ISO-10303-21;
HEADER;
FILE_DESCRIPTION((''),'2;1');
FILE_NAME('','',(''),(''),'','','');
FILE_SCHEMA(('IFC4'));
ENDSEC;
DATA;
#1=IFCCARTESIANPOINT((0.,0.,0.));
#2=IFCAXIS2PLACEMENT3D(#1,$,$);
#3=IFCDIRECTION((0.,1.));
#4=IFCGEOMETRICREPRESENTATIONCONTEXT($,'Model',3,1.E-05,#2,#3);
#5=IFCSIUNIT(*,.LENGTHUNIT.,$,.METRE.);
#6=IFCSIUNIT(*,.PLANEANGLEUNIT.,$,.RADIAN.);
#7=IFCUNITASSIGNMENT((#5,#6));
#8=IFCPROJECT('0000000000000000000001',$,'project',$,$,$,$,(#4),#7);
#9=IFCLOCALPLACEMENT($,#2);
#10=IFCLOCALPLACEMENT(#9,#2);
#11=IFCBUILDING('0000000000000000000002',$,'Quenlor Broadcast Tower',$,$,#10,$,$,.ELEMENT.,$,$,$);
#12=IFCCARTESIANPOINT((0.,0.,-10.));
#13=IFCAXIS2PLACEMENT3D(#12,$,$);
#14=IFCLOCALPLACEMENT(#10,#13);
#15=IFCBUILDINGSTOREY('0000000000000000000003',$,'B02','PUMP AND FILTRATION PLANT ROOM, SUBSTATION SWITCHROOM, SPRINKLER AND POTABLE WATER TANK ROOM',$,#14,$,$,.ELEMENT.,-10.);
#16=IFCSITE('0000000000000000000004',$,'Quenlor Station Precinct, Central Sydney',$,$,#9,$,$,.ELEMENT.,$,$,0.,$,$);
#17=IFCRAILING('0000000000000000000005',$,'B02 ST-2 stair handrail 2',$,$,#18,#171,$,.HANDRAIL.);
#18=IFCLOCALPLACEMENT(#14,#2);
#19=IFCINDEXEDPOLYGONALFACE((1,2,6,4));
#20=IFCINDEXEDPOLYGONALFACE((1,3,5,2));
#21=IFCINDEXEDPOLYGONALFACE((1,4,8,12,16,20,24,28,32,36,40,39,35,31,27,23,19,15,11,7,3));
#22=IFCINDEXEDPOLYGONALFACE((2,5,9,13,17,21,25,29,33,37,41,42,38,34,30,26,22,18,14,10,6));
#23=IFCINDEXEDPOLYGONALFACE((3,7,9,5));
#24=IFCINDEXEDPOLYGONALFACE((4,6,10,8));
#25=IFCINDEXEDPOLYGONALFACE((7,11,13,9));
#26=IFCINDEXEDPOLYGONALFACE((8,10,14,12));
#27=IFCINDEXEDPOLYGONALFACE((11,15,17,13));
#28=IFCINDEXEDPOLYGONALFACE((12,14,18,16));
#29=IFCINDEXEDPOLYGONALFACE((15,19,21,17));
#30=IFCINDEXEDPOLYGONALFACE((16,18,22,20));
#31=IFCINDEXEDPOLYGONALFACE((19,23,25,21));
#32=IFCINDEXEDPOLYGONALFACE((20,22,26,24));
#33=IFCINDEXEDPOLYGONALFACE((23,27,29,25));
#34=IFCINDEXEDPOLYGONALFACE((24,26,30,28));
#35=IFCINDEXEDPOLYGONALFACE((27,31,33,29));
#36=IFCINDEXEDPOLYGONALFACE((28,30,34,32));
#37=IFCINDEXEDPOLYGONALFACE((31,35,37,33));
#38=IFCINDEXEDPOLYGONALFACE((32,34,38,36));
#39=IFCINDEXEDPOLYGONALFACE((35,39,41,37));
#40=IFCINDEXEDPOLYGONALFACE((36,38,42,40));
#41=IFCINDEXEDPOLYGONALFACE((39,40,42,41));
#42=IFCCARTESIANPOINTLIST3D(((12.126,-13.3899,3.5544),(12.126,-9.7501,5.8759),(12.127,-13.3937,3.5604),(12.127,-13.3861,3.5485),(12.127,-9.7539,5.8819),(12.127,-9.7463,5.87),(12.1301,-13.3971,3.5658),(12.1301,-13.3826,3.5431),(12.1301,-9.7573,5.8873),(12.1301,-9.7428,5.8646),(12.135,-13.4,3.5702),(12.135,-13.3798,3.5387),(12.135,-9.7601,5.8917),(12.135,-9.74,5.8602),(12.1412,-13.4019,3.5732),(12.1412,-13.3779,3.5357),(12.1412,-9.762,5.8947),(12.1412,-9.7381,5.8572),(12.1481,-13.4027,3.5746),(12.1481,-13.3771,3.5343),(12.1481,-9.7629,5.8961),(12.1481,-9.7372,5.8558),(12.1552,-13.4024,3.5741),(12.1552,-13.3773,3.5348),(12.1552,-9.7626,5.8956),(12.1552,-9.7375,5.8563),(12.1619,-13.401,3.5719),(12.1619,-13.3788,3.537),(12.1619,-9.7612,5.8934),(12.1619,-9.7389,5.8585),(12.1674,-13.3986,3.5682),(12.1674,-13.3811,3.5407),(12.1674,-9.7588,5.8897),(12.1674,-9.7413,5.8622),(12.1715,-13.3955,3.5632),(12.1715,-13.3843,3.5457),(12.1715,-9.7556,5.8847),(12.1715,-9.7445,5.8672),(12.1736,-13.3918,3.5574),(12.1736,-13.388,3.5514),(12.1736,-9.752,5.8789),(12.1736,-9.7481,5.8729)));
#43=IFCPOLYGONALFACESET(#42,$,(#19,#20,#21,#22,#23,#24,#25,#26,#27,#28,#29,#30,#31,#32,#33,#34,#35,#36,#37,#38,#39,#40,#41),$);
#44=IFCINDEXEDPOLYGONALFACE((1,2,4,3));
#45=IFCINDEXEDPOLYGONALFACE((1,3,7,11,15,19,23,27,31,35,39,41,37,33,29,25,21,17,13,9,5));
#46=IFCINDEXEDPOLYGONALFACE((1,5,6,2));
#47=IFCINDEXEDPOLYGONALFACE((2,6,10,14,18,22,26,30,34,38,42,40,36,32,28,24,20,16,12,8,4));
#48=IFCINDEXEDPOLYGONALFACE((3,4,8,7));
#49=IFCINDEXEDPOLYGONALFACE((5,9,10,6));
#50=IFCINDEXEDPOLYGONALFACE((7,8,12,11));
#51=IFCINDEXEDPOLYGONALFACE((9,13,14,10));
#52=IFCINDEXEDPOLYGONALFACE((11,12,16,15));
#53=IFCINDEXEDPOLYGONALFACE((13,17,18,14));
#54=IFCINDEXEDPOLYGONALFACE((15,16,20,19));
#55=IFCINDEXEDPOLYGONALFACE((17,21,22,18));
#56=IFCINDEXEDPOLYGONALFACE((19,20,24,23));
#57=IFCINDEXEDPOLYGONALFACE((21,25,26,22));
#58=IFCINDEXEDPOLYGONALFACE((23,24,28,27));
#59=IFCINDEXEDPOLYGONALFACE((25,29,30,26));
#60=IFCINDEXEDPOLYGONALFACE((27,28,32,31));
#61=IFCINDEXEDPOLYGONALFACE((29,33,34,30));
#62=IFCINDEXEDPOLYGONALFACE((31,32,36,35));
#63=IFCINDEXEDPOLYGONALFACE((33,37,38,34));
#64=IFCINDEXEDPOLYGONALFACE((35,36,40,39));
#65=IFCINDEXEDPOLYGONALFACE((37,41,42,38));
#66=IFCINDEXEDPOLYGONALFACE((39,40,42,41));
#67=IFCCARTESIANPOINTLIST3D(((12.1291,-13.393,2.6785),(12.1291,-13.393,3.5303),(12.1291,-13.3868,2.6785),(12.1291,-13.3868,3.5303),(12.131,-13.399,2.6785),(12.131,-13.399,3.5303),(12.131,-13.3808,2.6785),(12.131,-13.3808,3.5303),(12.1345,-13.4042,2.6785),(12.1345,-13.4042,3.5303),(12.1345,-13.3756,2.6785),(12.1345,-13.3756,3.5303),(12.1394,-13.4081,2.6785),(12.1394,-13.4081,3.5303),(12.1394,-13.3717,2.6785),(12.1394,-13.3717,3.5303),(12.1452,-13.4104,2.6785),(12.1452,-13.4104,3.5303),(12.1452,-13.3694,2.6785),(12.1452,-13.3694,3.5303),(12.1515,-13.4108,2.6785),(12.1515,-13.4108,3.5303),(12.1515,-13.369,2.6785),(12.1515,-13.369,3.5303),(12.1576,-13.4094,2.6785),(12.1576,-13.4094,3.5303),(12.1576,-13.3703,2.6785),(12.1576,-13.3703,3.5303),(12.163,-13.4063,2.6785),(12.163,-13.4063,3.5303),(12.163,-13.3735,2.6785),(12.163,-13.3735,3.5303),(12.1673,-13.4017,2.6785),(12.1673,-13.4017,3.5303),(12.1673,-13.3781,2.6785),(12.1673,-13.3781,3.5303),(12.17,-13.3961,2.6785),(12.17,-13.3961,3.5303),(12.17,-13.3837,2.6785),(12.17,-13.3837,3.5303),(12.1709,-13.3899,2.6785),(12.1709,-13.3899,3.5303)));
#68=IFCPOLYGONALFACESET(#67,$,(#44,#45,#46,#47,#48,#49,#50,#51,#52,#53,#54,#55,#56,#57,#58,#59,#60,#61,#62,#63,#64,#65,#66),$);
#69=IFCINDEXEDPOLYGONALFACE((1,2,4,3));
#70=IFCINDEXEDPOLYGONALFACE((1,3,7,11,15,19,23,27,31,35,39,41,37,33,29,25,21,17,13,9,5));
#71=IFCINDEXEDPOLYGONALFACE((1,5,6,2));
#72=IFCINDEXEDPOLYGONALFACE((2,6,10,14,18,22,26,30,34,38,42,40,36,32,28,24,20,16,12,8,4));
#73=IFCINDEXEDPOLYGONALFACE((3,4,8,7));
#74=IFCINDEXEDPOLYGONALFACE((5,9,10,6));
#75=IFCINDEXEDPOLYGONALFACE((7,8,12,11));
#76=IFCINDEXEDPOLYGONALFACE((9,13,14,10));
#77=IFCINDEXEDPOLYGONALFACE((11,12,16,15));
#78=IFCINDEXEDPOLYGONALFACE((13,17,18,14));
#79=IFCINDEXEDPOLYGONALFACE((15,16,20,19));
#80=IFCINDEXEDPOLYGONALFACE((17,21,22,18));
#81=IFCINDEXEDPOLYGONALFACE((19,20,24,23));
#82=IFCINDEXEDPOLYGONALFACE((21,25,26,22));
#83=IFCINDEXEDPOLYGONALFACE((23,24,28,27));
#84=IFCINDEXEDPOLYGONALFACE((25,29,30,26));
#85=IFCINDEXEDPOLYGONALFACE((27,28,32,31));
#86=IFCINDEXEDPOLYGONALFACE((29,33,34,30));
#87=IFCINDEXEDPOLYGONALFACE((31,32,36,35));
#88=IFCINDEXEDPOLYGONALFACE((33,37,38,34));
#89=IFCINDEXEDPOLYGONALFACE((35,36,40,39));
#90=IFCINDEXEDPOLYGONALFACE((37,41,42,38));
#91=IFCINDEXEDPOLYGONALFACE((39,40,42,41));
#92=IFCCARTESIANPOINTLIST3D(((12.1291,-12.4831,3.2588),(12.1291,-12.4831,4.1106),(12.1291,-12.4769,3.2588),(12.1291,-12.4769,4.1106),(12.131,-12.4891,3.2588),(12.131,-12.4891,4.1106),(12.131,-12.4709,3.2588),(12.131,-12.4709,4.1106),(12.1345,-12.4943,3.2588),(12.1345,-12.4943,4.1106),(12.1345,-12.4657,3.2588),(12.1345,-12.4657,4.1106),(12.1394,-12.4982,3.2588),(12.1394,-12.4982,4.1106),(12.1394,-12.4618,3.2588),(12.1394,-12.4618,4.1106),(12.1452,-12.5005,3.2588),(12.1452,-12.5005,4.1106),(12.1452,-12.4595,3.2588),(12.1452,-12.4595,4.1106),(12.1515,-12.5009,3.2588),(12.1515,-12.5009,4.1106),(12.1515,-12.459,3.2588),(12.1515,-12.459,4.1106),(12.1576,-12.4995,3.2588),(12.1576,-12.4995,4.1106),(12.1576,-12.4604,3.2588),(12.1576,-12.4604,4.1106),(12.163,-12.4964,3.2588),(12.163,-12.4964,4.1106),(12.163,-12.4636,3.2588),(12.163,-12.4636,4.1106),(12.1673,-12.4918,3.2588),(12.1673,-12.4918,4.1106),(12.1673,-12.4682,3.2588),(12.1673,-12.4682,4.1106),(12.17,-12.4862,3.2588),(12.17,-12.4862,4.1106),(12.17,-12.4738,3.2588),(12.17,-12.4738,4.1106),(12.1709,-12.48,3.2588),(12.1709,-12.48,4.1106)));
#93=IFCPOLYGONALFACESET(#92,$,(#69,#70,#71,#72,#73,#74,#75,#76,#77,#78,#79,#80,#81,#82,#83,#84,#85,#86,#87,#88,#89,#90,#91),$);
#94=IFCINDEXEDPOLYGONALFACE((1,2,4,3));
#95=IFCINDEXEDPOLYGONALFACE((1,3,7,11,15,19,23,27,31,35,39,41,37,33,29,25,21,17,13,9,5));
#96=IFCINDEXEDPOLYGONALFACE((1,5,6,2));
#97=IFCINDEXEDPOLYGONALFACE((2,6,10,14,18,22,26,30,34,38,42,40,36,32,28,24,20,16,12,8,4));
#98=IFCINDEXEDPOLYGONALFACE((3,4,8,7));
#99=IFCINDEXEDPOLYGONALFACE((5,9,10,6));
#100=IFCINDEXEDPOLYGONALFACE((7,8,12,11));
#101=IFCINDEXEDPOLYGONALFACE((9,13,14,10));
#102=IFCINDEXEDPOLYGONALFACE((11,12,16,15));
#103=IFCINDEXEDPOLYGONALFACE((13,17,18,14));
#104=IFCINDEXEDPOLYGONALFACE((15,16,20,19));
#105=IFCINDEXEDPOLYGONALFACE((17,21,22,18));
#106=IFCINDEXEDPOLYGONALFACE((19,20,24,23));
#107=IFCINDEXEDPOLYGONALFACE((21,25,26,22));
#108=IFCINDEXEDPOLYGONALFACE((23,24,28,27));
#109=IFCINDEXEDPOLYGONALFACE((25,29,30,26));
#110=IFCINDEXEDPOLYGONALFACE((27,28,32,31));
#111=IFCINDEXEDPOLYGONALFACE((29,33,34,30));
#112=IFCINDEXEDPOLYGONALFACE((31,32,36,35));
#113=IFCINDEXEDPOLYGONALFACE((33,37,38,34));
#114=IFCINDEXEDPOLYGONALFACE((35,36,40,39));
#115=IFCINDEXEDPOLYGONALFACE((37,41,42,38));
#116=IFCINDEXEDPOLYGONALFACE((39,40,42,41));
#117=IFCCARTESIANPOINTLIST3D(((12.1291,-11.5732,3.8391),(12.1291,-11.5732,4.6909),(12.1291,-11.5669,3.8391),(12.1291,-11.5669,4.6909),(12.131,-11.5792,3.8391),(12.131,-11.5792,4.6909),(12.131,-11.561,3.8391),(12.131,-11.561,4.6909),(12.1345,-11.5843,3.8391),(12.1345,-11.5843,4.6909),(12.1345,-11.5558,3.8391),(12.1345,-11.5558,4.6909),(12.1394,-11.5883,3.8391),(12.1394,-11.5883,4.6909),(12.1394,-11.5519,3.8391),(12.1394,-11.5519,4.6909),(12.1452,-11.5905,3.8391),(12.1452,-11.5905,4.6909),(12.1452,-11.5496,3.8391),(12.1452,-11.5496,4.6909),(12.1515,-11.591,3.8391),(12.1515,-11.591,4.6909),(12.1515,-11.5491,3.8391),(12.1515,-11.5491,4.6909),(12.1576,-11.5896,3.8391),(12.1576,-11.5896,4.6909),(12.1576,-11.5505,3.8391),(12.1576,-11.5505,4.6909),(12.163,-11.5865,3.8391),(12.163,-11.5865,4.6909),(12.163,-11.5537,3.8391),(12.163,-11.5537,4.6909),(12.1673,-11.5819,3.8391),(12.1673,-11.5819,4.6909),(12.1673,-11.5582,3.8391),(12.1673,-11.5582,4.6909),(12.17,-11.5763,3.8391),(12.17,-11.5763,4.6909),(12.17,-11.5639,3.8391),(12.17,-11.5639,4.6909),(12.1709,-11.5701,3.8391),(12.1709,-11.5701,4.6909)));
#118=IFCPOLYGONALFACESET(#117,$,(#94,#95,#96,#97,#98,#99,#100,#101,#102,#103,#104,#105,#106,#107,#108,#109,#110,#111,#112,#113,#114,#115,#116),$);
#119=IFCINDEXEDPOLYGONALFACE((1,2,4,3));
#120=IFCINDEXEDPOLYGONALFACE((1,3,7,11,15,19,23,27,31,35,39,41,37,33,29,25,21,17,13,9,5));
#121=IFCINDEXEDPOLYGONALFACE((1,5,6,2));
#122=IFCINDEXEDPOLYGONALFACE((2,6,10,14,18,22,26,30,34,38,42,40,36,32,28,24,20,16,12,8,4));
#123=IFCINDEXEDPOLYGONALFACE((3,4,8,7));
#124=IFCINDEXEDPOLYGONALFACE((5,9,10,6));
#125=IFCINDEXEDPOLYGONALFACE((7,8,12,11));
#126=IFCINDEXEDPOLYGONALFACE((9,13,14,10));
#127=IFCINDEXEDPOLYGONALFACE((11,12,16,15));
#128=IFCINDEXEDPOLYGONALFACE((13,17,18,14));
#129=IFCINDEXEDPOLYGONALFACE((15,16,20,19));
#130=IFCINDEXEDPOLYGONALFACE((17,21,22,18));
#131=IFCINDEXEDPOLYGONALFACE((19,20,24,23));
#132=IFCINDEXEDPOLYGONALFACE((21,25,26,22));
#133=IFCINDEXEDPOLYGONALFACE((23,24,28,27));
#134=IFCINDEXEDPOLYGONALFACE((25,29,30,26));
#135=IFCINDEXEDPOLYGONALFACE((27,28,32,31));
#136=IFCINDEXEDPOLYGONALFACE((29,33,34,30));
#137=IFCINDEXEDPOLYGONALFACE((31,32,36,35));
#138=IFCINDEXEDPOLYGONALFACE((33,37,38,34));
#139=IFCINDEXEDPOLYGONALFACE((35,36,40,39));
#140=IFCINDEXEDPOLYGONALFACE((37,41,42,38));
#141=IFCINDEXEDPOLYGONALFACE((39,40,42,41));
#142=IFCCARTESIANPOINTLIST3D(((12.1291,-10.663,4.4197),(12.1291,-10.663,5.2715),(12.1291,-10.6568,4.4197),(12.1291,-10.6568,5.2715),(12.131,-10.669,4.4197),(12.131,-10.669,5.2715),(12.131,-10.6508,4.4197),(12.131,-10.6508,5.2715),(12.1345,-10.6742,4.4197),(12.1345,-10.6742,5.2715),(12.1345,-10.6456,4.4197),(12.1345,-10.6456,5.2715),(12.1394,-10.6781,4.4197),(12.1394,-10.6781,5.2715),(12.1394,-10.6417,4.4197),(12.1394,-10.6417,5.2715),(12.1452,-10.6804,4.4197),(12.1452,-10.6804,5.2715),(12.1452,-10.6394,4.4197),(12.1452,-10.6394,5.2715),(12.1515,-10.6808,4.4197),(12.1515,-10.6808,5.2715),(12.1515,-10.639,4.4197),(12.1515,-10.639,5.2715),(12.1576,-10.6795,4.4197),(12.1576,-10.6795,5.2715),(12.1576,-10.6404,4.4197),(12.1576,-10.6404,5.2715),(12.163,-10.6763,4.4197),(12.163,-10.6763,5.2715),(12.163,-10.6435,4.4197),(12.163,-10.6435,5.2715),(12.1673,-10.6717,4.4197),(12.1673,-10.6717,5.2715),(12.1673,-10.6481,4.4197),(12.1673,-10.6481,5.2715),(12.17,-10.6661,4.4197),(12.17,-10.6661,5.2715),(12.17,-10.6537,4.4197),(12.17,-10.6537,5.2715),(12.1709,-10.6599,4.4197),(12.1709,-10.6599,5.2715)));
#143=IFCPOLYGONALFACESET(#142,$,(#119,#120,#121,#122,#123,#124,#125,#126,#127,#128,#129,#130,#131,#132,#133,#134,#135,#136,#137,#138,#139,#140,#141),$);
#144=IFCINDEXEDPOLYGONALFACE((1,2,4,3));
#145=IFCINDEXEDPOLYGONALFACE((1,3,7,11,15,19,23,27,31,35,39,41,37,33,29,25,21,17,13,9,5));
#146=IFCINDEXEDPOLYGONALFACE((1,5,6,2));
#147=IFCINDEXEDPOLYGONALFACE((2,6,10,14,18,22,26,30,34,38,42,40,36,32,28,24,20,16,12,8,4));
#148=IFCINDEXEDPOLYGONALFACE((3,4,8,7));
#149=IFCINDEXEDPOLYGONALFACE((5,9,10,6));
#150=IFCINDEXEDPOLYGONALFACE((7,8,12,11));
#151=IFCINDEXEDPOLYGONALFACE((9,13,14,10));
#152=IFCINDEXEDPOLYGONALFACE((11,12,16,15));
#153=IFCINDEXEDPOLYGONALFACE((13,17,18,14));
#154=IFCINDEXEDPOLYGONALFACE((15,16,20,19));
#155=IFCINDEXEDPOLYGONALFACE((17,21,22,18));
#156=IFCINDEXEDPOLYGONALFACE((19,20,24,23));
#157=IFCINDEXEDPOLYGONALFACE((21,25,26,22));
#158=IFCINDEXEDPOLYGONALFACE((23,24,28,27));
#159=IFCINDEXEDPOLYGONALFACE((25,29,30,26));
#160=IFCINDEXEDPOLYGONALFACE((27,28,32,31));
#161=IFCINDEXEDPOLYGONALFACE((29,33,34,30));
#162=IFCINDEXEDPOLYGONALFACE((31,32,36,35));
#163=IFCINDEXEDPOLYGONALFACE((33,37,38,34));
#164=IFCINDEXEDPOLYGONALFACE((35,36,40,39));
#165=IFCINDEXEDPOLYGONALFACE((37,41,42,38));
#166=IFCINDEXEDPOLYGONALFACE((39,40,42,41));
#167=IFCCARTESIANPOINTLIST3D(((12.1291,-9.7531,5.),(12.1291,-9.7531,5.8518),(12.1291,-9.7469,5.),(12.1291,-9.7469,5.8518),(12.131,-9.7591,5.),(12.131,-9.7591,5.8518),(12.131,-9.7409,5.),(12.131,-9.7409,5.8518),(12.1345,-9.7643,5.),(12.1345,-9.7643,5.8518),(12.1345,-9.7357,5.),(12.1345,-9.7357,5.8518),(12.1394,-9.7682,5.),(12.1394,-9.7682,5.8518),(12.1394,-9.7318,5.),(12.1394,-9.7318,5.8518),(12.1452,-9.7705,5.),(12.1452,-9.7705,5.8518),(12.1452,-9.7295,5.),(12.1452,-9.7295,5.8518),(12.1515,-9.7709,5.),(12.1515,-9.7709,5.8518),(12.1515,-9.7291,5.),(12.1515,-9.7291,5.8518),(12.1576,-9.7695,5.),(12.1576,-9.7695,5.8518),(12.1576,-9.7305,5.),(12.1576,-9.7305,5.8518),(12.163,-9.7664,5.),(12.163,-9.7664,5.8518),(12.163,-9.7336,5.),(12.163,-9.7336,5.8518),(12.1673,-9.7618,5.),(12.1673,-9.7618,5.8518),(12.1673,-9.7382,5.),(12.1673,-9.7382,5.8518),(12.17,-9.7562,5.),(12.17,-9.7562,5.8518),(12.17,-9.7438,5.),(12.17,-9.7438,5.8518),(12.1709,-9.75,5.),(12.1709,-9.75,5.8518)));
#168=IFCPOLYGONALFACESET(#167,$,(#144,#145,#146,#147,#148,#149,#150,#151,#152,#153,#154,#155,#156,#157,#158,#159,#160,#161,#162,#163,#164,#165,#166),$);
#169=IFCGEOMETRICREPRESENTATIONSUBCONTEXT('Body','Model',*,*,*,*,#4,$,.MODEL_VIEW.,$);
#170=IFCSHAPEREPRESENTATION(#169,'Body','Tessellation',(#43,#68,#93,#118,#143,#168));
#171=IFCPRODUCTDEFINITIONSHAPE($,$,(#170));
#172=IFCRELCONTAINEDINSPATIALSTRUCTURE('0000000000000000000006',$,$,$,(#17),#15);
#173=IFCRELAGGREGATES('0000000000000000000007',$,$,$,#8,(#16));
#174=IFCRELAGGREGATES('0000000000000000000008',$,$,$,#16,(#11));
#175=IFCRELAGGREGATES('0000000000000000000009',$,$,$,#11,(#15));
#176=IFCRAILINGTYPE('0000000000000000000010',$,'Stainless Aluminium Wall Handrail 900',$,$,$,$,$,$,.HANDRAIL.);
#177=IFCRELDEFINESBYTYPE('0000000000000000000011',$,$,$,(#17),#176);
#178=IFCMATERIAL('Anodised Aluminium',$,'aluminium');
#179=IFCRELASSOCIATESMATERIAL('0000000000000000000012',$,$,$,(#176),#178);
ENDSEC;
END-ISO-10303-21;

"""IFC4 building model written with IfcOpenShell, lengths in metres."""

from ifc_helpers import new_model, si_unit, direction, frame, origin, origin_2d, place, context, subcontext, project, spatial, circle, extrude, material, type_object, element, save


model = new_model("IFC4")

# Units and contexts
model_context = context("Model", 3, precision=1e-05, world=origin(), true_north=direction((0.0, 1.0)))
body_context = subcontext(model_context, "Body", "Model", "MODEL_VIEW")
ifc_project = project(units=[si_unit("LENGTHUNIT", "METRE"), si_unit("PLANEANGLEUNIT", "RADIAN")], contexts=[model_context])

# Site, building, storey
site_placement = place(None, origin())
site = spatial("IfcSite", under=ifc_project, at=site_placement, Name="Quenlor Station Precinct, Central Sydney", CompositionType="ELEMENT", RefElevation=0.0)
building_placement = place(site_placement, origin())
building = spatial("IfcBuilding", under=site, at=building_placement, Name="Quenlor Broadcast Tower", CompositionType="ELEMENT")
storey_placement = place(building_placement, frame((0.0, 0.0, -10.0)))
storey = spatial("IfcBuildingStorey", under=building, at=storey_placement, Name="B02", Description="PUMP AND FILTRATION PLANT ROOM, SUBSTATION SWITCHROOM, SPRINKLER AND POTABLE WATER TANK ROOM", CompositionType="ELEMENT", Elevation=-10.0)

# Railing
ifc_material_1 = material(Name="Anodised Aluminium", Category="aluminium")
railing_type_1 = type_object("IfcRailingType", Name="Stainless Aluminium Wall Handrail 900", PredefinedType="HANDRAIL", material=ifc_material_1)
railing_1_placement = place(storey_placement, frame((12.1499, -13.3899, 2.6785)))
element("IfcRailing", 1, at=railing_1_placement, inside=storey, type_object=railing_type_1, Name="B02 ST-2 stair handrail 2", PredefinedType="HANDRAIL", context=body_context, shape_type="SweptSolid", body=[
    extrude(circle(Radius=0.0239, at=origin_2d()), frame((0.0, 0.0, 0.876), z_axis=(0.0, 0.843112, 0.537739), x_axis=(-1.0, 0.0, 0.0)), (0.0, 0.0, 1.0), 4.3171),
    extrude(circle(Radius=0.021, at=origin_2d()), origin(), (0.0, 0.0, 1.0), 0.8518),
    extrude(circle(Radius=0.021, at=origin_2d()), frame((0.0, 0.9099, 0.5803)), (0.0, 0.0, 1.0), 0.8518),
    extrude(circle(Radius=0.021, at=origin_2d()), frame((0.0, 1.8198, 1.1606)), (0.0, 0.0, 1.0), 0.8518),
    extrude(circle(Radius=0.021, at=origin_2d()), frame((0.0, 2.73, 1.7412)), (0.0, 0.0, 1.0), 0.8518),
    extrude(circle(Radius=0.021, at=origin_2d()), frame((0.0, 3.6399, 2.3215)), (0.0, 0.0, 1.0), 0.8518),
])

save(model, "model.ifc")
